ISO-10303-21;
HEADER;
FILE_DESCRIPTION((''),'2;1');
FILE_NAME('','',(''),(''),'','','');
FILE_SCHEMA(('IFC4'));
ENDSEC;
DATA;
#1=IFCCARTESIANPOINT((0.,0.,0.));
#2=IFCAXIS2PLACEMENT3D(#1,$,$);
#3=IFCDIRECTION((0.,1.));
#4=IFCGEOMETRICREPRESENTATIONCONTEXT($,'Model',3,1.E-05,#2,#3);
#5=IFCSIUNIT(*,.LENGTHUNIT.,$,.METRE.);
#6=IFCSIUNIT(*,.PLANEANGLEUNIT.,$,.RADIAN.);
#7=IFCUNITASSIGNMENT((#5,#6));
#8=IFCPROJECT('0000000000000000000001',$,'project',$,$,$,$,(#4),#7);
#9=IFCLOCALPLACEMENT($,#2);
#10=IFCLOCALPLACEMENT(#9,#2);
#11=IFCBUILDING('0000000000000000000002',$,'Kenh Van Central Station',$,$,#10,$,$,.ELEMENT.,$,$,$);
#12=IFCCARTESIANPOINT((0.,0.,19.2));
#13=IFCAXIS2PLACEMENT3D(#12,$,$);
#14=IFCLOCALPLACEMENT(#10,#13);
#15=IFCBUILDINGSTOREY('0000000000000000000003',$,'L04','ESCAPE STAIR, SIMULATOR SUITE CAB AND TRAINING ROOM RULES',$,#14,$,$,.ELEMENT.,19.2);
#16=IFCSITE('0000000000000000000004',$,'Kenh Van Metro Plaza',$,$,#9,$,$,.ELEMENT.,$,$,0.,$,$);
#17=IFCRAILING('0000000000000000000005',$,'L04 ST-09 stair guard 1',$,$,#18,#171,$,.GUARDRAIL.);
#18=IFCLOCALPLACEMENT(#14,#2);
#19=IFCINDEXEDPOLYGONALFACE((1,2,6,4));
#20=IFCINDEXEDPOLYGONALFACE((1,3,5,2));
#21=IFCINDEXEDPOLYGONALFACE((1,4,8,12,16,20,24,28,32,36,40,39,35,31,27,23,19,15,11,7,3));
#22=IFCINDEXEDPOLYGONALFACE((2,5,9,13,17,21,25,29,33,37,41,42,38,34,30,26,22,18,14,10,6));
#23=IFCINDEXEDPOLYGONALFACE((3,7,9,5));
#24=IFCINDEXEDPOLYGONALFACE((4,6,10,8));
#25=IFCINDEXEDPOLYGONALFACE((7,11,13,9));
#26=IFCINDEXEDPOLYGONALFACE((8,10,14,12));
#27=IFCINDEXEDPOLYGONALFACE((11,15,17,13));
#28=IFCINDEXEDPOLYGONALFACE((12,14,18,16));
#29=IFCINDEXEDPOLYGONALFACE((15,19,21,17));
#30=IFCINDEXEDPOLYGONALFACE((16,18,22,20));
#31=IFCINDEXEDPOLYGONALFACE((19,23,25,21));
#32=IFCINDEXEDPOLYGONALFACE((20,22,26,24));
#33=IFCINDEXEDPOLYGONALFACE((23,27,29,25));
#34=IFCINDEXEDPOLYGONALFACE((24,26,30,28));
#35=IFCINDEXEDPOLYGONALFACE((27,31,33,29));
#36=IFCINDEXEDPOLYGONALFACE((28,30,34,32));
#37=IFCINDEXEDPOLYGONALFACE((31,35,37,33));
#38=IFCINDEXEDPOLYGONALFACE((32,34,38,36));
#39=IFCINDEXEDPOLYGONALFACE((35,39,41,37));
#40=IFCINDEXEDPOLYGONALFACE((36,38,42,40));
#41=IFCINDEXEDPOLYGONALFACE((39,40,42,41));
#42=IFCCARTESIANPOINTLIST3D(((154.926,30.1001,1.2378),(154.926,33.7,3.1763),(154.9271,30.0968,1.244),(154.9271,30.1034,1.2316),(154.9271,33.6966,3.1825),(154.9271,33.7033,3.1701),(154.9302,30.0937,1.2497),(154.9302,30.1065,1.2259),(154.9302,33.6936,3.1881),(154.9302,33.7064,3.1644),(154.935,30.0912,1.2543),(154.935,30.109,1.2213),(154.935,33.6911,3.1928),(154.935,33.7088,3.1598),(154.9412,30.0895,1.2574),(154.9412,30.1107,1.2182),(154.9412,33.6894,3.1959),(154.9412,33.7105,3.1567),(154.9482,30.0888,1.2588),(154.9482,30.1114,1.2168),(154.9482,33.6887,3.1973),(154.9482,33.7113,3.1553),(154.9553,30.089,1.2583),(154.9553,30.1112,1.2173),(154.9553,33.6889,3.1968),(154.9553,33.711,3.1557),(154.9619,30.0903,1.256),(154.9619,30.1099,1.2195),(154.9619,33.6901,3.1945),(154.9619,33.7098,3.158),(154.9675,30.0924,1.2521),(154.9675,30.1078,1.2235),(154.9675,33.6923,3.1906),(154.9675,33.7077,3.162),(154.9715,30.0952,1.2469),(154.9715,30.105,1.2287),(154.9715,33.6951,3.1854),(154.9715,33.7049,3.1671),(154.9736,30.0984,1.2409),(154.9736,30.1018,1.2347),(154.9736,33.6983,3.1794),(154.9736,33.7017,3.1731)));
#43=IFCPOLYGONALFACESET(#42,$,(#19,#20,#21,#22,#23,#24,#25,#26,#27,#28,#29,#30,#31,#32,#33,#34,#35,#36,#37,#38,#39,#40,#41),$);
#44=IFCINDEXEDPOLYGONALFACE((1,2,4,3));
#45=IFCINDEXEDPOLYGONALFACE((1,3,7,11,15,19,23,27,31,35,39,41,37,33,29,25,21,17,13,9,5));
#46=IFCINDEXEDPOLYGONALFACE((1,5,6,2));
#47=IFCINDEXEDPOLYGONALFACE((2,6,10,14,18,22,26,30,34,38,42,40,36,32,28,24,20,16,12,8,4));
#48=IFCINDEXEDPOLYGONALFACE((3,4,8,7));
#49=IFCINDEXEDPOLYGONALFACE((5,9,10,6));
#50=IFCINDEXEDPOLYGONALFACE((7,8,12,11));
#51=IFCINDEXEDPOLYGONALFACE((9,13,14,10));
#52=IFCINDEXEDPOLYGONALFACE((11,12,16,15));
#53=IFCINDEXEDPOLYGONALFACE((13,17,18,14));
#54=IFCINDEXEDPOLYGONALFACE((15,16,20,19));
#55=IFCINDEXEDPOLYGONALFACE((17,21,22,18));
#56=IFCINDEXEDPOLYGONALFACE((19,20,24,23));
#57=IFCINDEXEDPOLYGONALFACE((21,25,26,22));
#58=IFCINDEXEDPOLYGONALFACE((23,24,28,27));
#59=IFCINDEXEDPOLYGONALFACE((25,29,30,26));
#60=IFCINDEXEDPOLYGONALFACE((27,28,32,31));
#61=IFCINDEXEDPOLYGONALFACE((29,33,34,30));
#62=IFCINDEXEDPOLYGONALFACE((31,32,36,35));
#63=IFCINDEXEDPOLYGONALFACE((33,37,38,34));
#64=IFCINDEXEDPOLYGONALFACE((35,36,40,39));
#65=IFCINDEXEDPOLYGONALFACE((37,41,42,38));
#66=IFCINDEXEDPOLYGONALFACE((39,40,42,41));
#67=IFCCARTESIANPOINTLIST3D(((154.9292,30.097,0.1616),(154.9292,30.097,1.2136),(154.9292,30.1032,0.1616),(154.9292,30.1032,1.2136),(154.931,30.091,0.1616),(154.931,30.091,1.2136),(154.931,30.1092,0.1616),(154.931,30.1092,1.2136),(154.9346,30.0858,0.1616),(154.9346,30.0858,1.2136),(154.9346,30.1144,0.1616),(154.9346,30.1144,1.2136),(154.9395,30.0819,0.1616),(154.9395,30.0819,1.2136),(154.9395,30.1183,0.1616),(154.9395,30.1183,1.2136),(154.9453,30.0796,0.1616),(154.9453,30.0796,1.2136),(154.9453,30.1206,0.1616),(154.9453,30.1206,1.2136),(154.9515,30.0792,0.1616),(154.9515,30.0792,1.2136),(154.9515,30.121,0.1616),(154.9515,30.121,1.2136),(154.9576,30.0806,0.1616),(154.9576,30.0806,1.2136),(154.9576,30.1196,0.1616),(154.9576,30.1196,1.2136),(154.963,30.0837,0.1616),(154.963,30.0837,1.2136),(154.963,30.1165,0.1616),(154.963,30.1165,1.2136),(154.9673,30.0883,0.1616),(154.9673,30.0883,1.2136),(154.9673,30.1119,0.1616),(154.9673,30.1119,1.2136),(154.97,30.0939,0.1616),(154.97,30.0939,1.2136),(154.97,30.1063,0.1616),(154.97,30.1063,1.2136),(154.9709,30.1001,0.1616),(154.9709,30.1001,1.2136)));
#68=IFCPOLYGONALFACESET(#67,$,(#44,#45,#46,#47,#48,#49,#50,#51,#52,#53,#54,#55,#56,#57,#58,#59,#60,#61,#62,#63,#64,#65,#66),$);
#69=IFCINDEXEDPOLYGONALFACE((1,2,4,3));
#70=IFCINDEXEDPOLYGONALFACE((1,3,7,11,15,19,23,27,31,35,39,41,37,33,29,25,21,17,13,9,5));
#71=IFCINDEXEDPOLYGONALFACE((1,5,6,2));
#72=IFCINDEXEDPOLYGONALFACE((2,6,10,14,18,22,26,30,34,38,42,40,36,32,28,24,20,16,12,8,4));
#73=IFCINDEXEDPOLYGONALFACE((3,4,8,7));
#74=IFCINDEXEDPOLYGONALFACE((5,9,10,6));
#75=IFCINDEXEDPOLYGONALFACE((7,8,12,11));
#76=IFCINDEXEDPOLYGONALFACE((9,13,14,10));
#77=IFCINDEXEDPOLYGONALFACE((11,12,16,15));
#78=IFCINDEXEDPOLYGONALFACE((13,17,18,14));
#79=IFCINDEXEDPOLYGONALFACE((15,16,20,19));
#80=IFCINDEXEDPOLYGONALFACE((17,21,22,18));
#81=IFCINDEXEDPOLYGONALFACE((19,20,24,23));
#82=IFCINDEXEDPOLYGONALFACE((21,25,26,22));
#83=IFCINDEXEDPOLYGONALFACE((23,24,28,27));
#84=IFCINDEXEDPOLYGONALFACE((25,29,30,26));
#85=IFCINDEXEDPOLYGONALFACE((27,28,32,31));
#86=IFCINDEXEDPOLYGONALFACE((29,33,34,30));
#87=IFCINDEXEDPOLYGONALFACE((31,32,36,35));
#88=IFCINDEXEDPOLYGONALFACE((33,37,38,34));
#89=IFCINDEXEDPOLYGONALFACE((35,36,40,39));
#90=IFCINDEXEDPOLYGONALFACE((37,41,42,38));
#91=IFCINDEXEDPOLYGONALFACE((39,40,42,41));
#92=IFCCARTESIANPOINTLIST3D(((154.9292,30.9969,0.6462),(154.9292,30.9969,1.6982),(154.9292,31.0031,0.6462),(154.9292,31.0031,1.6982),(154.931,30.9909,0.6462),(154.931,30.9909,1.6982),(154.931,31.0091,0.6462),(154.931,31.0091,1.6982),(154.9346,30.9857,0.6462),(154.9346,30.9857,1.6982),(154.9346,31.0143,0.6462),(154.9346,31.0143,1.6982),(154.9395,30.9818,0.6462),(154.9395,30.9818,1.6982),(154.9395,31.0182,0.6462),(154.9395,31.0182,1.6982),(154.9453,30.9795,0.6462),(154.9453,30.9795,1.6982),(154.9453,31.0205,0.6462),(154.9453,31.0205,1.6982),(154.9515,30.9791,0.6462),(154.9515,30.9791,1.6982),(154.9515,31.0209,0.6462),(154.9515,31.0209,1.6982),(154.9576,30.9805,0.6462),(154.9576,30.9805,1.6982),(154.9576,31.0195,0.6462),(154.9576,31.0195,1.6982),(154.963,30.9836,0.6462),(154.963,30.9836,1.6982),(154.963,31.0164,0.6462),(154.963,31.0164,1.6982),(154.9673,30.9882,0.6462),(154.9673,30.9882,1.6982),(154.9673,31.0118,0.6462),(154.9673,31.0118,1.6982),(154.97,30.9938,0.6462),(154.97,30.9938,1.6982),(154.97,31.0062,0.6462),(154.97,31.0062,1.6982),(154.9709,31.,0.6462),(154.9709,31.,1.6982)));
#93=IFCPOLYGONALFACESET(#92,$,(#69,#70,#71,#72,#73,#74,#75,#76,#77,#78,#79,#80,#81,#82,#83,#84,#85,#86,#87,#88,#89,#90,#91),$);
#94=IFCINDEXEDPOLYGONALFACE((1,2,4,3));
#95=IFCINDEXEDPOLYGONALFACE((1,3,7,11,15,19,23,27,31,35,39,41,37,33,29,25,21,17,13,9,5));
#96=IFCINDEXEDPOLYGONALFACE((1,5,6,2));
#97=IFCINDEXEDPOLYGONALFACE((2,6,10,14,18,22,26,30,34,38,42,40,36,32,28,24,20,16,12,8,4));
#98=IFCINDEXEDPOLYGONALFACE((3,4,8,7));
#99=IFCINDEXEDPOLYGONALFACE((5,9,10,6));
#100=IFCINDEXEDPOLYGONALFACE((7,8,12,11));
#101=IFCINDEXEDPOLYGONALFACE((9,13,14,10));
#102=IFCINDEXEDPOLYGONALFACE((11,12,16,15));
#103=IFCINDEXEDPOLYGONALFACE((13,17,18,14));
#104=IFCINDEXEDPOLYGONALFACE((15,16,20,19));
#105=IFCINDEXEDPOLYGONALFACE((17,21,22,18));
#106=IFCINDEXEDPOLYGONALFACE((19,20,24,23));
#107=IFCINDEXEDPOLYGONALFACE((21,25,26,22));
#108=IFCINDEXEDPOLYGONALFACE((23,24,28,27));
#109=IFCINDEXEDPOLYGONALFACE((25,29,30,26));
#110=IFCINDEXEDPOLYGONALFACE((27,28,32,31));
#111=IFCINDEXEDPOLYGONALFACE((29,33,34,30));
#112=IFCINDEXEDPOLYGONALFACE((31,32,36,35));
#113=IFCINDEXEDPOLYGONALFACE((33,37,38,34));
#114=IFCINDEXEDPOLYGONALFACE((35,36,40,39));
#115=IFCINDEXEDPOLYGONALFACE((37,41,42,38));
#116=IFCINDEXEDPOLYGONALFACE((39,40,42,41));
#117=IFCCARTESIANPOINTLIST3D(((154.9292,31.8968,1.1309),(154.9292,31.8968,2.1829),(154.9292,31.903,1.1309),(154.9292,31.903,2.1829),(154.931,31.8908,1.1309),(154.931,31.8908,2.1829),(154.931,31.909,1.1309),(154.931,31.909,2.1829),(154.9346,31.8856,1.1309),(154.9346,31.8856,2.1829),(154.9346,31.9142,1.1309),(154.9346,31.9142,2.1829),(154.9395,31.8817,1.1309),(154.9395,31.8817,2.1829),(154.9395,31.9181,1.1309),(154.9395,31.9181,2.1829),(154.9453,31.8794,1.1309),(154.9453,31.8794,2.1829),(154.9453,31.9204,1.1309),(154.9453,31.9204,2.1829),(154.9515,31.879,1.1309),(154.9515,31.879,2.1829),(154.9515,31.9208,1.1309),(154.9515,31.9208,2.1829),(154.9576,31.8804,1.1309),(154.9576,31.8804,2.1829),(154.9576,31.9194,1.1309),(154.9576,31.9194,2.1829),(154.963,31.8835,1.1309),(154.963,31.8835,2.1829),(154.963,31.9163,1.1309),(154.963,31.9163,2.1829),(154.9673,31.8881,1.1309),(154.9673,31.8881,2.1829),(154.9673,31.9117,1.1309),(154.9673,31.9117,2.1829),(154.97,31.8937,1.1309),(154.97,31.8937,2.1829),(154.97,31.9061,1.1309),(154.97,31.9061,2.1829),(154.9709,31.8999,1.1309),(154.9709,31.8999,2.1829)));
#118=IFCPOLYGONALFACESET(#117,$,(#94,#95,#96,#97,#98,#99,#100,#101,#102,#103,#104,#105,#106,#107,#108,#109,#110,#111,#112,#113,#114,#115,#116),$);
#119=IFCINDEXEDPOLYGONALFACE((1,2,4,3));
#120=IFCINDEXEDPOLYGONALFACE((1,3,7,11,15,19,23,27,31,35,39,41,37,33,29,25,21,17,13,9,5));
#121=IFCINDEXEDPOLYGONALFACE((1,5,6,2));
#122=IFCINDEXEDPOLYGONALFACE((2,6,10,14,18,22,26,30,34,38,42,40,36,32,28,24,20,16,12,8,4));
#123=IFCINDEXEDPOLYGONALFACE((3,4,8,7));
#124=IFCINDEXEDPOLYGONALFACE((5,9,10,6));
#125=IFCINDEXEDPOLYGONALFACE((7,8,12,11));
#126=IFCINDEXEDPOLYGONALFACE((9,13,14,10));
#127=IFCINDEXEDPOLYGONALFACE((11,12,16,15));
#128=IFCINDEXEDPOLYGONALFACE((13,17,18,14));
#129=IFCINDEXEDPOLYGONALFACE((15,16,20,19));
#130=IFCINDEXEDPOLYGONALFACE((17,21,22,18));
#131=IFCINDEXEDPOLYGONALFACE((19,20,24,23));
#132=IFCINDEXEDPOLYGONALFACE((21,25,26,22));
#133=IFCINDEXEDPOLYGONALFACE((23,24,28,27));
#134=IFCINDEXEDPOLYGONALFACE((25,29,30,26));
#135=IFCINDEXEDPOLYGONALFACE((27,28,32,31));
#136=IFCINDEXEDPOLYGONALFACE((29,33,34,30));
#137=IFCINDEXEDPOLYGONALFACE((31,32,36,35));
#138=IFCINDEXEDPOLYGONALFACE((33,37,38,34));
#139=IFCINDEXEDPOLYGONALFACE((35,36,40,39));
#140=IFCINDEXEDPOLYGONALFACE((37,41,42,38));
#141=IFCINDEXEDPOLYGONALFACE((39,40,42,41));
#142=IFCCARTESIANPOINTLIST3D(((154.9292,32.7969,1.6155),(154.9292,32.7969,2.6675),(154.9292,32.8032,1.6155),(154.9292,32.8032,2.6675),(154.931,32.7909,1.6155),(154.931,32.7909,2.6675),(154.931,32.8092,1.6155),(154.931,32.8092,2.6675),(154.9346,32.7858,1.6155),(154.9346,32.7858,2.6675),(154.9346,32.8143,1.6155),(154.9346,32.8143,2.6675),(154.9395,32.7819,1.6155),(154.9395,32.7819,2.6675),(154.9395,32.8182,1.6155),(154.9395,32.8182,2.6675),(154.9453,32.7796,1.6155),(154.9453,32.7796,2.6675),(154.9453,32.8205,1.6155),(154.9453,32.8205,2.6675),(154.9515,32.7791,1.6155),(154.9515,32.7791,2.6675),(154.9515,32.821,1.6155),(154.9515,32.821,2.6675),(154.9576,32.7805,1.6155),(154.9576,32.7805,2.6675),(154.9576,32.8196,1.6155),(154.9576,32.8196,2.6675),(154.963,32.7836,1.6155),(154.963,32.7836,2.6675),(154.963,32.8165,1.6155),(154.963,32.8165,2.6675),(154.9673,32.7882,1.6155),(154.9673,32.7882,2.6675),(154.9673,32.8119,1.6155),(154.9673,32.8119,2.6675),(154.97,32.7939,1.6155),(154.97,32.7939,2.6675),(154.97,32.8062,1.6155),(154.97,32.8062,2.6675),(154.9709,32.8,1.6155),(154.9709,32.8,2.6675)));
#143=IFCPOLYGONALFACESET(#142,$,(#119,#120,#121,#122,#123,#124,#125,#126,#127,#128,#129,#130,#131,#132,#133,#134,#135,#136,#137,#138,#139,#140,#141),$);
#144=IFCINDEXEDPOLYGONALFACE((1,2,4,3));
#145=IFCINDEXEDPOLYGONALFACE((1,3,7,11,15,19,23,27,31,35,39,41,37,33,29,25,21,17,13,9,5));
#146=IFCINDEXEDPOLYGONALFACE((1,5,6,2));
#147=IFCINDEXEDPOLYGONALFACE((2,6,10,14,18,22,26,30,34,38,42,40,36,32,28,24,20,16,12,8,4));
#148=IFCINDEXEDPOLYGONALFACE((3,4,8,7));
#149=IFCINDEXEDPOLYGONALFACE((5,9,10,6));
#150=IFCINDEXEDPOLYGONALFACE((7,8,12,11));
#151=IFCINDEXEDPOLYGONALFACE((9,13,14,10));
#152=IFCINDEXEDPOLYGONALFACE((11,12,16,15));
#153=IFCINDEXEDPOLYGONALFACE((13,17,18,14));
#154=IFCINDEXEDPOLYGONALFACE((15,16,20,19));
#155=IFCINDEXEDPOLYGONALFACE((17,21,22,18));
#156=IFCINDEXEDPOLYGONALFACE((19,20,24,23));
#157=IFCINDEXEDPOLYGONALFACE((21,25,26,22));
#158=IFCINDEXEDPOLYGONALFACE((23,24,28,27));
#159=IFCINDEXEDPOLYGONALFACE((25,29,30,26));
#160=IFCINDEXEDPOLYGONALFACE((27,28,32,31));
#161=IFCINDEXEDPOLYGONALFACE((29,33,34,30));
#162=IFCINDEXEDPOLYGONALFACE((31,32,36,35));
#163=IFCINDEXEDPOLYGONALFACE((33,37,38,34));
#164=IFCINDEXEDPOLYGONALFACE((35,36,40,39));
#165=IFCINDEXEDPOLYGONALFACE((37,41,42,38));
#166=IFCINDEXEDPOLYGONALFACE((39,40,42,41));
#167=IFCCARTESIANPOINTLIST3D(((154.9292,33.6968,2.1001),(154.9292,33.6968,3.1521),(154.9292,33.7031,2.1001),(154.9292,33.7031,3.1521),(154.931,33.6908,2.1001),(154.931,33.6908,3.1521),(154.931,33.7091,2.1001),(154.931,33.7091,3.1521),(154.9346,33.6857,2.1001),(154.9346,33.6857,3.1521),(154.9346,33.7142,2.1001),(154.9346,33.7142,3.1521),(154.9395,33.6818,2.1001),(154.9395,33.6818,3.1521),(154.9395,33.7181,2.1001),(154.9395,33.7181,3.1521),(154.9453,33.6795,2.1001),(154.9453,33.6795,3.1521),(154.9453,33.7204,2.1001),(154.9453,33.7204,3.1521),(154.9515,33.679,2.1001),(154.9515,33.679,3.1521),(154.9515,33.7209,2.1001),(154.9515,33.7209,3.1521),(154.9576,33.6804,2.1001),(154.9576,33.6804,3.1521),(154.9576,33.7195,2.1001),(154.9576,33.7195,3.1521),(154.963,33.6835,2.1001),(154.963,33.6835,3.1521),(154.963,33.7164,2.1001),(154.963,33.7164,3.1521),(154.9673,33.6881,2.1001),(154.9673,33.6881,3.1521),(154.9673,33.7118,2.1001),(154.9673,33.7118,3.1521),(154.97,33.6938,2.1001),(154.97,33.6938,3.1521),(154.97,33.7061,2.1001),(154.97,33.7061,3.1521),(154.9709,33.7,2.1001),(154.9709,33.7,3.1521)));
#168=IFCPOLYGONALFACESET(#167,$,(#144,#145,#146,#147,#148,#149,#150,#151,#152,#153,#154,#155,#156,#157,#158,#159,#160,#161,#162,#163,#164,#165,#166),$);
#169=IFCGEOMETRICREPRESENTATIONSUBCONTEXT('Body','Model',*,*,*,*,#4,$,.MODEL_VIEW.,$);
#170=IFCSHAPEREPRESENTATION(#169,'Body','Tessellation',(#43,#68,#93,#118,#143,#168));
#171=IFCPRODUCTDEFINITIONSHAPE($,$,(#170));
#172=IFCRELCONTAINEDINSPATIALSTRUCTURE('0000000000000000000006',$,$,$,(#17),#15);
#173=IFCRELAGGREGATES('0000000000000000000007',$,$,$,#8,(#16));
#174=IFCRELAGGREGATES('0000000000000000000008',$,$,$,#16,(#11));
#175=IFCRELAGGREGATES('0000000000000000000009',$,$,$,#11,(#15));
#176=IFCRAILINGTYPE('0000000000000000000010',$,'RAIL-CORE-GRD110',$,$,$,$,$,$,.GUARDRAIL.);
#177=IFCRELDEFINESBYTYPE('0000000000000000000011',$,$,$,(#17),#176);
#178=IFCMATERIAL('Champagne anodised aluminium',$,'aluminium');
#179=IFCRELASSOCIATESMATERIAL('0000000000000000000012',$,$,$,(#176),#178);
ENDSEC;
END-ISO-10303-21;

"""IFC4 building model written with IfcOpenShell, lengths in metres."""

from ifc_helpers import new_model, si_unit, direction, frame, origin, origin_2d, place, context, subcontext, project, spatial, circle, extrude, material, type_object, element, save


model = new_model("IFC4")

# Units and contexts
model_context = context("Model", 3, precision=1e-05, world=origin(), true_north=direction((0.0, 1.0)))
body_context = subcontext(model_context, "Body", "Model", "MODEL_VIEW")
ifc_project = project(units=[si_unit("LENGTHUNIT", "METRE"), si_unit("PLANEANGLEUNIT", "RADIAN")], contexts=[model_context])

# Site, building, storey
site_placement = place(None, origin())
site = spatial("IfcSite", under=ifc_project, at=site_placement, Name="Kenh Van Metro Plaza", CompositionType="ELEMENT", RefElevation=0.0)
building_placement = place(site_placement, origin())
building = spatial("IfcBuilding", under=site, at=building_placement, Name="Kenh Van Central Station", CompositionType="ELEMENT")
storey_placement = place(building_placement, frame((0.0, 0.0, 19.2)))
storey = spatial("IfcBuildingStorey", under=building, at=storey_placement, Name="L04", Description="ESCAPE STAIR, SIMULATOR SUITE CAB AND TRAINING ROOM RULES", CompositionType="ELEMENT", Elevation=19.2)

# Shared definitions
ifc_material_1 = material(Name="Champagne anodised aluminium", Category="aluminium")

# Railing
railing_type_1 = type_object("IfcRailingType", Name="RAIL-CORE-GRD110", PredefinedType="GUARDRAIL", material=ifc_material_1)
railing_1_placement = place(storey_placement, frame((154.95, 30.1001, 0.1616)))
element("IfcRailing", 1, at=railing_1_placement, inside=storey, type_object=railing_type_1, Name="L04 ST-09 stair guard 1", PredefinedType="GUARDRAIL", context=body_context, shape_type="SweptSolid", body=[
    extrude(circle(Radius=0.0239, at=origin_2d()), frame((0.0, 0.0, 1.0762), z_axis=(0.0, 0.880462, 0.474118), x_axis=(-1.0, 0.0, 0.0)), (0.0, 0.0, 1.0), 4.0886),
    extrude(circle(Radius=0.021, at=origin_2d()), origin(), (0.0, 0.0, 1.0), 1.052),
    extrude(circle(Radius=0.021, at=origin_2d()), frame((0.0, 0.8999, 0.4846)), (0.0, 0.0, 1.0), 1.052),
    extrude(circle(Radius=0.021, at=origin_2d()), frame((0.0, 1.7998, 0.9692)), (0.0, 0.0, 1.0), 1.052),
    extrude(circle(Radius=0.021, at=origin_2d()), frame((0.0, 2.7, 1.4539)), (0.0, 0.0, 1.0), 1.052),
    extrude(circle(Radius=0.021, at=origin_2d()), frame((0.0, 3.5999, 1.9385)), (0.0, 0.0, 1.0), 1.052),
])

save(model, "model.ifc")
